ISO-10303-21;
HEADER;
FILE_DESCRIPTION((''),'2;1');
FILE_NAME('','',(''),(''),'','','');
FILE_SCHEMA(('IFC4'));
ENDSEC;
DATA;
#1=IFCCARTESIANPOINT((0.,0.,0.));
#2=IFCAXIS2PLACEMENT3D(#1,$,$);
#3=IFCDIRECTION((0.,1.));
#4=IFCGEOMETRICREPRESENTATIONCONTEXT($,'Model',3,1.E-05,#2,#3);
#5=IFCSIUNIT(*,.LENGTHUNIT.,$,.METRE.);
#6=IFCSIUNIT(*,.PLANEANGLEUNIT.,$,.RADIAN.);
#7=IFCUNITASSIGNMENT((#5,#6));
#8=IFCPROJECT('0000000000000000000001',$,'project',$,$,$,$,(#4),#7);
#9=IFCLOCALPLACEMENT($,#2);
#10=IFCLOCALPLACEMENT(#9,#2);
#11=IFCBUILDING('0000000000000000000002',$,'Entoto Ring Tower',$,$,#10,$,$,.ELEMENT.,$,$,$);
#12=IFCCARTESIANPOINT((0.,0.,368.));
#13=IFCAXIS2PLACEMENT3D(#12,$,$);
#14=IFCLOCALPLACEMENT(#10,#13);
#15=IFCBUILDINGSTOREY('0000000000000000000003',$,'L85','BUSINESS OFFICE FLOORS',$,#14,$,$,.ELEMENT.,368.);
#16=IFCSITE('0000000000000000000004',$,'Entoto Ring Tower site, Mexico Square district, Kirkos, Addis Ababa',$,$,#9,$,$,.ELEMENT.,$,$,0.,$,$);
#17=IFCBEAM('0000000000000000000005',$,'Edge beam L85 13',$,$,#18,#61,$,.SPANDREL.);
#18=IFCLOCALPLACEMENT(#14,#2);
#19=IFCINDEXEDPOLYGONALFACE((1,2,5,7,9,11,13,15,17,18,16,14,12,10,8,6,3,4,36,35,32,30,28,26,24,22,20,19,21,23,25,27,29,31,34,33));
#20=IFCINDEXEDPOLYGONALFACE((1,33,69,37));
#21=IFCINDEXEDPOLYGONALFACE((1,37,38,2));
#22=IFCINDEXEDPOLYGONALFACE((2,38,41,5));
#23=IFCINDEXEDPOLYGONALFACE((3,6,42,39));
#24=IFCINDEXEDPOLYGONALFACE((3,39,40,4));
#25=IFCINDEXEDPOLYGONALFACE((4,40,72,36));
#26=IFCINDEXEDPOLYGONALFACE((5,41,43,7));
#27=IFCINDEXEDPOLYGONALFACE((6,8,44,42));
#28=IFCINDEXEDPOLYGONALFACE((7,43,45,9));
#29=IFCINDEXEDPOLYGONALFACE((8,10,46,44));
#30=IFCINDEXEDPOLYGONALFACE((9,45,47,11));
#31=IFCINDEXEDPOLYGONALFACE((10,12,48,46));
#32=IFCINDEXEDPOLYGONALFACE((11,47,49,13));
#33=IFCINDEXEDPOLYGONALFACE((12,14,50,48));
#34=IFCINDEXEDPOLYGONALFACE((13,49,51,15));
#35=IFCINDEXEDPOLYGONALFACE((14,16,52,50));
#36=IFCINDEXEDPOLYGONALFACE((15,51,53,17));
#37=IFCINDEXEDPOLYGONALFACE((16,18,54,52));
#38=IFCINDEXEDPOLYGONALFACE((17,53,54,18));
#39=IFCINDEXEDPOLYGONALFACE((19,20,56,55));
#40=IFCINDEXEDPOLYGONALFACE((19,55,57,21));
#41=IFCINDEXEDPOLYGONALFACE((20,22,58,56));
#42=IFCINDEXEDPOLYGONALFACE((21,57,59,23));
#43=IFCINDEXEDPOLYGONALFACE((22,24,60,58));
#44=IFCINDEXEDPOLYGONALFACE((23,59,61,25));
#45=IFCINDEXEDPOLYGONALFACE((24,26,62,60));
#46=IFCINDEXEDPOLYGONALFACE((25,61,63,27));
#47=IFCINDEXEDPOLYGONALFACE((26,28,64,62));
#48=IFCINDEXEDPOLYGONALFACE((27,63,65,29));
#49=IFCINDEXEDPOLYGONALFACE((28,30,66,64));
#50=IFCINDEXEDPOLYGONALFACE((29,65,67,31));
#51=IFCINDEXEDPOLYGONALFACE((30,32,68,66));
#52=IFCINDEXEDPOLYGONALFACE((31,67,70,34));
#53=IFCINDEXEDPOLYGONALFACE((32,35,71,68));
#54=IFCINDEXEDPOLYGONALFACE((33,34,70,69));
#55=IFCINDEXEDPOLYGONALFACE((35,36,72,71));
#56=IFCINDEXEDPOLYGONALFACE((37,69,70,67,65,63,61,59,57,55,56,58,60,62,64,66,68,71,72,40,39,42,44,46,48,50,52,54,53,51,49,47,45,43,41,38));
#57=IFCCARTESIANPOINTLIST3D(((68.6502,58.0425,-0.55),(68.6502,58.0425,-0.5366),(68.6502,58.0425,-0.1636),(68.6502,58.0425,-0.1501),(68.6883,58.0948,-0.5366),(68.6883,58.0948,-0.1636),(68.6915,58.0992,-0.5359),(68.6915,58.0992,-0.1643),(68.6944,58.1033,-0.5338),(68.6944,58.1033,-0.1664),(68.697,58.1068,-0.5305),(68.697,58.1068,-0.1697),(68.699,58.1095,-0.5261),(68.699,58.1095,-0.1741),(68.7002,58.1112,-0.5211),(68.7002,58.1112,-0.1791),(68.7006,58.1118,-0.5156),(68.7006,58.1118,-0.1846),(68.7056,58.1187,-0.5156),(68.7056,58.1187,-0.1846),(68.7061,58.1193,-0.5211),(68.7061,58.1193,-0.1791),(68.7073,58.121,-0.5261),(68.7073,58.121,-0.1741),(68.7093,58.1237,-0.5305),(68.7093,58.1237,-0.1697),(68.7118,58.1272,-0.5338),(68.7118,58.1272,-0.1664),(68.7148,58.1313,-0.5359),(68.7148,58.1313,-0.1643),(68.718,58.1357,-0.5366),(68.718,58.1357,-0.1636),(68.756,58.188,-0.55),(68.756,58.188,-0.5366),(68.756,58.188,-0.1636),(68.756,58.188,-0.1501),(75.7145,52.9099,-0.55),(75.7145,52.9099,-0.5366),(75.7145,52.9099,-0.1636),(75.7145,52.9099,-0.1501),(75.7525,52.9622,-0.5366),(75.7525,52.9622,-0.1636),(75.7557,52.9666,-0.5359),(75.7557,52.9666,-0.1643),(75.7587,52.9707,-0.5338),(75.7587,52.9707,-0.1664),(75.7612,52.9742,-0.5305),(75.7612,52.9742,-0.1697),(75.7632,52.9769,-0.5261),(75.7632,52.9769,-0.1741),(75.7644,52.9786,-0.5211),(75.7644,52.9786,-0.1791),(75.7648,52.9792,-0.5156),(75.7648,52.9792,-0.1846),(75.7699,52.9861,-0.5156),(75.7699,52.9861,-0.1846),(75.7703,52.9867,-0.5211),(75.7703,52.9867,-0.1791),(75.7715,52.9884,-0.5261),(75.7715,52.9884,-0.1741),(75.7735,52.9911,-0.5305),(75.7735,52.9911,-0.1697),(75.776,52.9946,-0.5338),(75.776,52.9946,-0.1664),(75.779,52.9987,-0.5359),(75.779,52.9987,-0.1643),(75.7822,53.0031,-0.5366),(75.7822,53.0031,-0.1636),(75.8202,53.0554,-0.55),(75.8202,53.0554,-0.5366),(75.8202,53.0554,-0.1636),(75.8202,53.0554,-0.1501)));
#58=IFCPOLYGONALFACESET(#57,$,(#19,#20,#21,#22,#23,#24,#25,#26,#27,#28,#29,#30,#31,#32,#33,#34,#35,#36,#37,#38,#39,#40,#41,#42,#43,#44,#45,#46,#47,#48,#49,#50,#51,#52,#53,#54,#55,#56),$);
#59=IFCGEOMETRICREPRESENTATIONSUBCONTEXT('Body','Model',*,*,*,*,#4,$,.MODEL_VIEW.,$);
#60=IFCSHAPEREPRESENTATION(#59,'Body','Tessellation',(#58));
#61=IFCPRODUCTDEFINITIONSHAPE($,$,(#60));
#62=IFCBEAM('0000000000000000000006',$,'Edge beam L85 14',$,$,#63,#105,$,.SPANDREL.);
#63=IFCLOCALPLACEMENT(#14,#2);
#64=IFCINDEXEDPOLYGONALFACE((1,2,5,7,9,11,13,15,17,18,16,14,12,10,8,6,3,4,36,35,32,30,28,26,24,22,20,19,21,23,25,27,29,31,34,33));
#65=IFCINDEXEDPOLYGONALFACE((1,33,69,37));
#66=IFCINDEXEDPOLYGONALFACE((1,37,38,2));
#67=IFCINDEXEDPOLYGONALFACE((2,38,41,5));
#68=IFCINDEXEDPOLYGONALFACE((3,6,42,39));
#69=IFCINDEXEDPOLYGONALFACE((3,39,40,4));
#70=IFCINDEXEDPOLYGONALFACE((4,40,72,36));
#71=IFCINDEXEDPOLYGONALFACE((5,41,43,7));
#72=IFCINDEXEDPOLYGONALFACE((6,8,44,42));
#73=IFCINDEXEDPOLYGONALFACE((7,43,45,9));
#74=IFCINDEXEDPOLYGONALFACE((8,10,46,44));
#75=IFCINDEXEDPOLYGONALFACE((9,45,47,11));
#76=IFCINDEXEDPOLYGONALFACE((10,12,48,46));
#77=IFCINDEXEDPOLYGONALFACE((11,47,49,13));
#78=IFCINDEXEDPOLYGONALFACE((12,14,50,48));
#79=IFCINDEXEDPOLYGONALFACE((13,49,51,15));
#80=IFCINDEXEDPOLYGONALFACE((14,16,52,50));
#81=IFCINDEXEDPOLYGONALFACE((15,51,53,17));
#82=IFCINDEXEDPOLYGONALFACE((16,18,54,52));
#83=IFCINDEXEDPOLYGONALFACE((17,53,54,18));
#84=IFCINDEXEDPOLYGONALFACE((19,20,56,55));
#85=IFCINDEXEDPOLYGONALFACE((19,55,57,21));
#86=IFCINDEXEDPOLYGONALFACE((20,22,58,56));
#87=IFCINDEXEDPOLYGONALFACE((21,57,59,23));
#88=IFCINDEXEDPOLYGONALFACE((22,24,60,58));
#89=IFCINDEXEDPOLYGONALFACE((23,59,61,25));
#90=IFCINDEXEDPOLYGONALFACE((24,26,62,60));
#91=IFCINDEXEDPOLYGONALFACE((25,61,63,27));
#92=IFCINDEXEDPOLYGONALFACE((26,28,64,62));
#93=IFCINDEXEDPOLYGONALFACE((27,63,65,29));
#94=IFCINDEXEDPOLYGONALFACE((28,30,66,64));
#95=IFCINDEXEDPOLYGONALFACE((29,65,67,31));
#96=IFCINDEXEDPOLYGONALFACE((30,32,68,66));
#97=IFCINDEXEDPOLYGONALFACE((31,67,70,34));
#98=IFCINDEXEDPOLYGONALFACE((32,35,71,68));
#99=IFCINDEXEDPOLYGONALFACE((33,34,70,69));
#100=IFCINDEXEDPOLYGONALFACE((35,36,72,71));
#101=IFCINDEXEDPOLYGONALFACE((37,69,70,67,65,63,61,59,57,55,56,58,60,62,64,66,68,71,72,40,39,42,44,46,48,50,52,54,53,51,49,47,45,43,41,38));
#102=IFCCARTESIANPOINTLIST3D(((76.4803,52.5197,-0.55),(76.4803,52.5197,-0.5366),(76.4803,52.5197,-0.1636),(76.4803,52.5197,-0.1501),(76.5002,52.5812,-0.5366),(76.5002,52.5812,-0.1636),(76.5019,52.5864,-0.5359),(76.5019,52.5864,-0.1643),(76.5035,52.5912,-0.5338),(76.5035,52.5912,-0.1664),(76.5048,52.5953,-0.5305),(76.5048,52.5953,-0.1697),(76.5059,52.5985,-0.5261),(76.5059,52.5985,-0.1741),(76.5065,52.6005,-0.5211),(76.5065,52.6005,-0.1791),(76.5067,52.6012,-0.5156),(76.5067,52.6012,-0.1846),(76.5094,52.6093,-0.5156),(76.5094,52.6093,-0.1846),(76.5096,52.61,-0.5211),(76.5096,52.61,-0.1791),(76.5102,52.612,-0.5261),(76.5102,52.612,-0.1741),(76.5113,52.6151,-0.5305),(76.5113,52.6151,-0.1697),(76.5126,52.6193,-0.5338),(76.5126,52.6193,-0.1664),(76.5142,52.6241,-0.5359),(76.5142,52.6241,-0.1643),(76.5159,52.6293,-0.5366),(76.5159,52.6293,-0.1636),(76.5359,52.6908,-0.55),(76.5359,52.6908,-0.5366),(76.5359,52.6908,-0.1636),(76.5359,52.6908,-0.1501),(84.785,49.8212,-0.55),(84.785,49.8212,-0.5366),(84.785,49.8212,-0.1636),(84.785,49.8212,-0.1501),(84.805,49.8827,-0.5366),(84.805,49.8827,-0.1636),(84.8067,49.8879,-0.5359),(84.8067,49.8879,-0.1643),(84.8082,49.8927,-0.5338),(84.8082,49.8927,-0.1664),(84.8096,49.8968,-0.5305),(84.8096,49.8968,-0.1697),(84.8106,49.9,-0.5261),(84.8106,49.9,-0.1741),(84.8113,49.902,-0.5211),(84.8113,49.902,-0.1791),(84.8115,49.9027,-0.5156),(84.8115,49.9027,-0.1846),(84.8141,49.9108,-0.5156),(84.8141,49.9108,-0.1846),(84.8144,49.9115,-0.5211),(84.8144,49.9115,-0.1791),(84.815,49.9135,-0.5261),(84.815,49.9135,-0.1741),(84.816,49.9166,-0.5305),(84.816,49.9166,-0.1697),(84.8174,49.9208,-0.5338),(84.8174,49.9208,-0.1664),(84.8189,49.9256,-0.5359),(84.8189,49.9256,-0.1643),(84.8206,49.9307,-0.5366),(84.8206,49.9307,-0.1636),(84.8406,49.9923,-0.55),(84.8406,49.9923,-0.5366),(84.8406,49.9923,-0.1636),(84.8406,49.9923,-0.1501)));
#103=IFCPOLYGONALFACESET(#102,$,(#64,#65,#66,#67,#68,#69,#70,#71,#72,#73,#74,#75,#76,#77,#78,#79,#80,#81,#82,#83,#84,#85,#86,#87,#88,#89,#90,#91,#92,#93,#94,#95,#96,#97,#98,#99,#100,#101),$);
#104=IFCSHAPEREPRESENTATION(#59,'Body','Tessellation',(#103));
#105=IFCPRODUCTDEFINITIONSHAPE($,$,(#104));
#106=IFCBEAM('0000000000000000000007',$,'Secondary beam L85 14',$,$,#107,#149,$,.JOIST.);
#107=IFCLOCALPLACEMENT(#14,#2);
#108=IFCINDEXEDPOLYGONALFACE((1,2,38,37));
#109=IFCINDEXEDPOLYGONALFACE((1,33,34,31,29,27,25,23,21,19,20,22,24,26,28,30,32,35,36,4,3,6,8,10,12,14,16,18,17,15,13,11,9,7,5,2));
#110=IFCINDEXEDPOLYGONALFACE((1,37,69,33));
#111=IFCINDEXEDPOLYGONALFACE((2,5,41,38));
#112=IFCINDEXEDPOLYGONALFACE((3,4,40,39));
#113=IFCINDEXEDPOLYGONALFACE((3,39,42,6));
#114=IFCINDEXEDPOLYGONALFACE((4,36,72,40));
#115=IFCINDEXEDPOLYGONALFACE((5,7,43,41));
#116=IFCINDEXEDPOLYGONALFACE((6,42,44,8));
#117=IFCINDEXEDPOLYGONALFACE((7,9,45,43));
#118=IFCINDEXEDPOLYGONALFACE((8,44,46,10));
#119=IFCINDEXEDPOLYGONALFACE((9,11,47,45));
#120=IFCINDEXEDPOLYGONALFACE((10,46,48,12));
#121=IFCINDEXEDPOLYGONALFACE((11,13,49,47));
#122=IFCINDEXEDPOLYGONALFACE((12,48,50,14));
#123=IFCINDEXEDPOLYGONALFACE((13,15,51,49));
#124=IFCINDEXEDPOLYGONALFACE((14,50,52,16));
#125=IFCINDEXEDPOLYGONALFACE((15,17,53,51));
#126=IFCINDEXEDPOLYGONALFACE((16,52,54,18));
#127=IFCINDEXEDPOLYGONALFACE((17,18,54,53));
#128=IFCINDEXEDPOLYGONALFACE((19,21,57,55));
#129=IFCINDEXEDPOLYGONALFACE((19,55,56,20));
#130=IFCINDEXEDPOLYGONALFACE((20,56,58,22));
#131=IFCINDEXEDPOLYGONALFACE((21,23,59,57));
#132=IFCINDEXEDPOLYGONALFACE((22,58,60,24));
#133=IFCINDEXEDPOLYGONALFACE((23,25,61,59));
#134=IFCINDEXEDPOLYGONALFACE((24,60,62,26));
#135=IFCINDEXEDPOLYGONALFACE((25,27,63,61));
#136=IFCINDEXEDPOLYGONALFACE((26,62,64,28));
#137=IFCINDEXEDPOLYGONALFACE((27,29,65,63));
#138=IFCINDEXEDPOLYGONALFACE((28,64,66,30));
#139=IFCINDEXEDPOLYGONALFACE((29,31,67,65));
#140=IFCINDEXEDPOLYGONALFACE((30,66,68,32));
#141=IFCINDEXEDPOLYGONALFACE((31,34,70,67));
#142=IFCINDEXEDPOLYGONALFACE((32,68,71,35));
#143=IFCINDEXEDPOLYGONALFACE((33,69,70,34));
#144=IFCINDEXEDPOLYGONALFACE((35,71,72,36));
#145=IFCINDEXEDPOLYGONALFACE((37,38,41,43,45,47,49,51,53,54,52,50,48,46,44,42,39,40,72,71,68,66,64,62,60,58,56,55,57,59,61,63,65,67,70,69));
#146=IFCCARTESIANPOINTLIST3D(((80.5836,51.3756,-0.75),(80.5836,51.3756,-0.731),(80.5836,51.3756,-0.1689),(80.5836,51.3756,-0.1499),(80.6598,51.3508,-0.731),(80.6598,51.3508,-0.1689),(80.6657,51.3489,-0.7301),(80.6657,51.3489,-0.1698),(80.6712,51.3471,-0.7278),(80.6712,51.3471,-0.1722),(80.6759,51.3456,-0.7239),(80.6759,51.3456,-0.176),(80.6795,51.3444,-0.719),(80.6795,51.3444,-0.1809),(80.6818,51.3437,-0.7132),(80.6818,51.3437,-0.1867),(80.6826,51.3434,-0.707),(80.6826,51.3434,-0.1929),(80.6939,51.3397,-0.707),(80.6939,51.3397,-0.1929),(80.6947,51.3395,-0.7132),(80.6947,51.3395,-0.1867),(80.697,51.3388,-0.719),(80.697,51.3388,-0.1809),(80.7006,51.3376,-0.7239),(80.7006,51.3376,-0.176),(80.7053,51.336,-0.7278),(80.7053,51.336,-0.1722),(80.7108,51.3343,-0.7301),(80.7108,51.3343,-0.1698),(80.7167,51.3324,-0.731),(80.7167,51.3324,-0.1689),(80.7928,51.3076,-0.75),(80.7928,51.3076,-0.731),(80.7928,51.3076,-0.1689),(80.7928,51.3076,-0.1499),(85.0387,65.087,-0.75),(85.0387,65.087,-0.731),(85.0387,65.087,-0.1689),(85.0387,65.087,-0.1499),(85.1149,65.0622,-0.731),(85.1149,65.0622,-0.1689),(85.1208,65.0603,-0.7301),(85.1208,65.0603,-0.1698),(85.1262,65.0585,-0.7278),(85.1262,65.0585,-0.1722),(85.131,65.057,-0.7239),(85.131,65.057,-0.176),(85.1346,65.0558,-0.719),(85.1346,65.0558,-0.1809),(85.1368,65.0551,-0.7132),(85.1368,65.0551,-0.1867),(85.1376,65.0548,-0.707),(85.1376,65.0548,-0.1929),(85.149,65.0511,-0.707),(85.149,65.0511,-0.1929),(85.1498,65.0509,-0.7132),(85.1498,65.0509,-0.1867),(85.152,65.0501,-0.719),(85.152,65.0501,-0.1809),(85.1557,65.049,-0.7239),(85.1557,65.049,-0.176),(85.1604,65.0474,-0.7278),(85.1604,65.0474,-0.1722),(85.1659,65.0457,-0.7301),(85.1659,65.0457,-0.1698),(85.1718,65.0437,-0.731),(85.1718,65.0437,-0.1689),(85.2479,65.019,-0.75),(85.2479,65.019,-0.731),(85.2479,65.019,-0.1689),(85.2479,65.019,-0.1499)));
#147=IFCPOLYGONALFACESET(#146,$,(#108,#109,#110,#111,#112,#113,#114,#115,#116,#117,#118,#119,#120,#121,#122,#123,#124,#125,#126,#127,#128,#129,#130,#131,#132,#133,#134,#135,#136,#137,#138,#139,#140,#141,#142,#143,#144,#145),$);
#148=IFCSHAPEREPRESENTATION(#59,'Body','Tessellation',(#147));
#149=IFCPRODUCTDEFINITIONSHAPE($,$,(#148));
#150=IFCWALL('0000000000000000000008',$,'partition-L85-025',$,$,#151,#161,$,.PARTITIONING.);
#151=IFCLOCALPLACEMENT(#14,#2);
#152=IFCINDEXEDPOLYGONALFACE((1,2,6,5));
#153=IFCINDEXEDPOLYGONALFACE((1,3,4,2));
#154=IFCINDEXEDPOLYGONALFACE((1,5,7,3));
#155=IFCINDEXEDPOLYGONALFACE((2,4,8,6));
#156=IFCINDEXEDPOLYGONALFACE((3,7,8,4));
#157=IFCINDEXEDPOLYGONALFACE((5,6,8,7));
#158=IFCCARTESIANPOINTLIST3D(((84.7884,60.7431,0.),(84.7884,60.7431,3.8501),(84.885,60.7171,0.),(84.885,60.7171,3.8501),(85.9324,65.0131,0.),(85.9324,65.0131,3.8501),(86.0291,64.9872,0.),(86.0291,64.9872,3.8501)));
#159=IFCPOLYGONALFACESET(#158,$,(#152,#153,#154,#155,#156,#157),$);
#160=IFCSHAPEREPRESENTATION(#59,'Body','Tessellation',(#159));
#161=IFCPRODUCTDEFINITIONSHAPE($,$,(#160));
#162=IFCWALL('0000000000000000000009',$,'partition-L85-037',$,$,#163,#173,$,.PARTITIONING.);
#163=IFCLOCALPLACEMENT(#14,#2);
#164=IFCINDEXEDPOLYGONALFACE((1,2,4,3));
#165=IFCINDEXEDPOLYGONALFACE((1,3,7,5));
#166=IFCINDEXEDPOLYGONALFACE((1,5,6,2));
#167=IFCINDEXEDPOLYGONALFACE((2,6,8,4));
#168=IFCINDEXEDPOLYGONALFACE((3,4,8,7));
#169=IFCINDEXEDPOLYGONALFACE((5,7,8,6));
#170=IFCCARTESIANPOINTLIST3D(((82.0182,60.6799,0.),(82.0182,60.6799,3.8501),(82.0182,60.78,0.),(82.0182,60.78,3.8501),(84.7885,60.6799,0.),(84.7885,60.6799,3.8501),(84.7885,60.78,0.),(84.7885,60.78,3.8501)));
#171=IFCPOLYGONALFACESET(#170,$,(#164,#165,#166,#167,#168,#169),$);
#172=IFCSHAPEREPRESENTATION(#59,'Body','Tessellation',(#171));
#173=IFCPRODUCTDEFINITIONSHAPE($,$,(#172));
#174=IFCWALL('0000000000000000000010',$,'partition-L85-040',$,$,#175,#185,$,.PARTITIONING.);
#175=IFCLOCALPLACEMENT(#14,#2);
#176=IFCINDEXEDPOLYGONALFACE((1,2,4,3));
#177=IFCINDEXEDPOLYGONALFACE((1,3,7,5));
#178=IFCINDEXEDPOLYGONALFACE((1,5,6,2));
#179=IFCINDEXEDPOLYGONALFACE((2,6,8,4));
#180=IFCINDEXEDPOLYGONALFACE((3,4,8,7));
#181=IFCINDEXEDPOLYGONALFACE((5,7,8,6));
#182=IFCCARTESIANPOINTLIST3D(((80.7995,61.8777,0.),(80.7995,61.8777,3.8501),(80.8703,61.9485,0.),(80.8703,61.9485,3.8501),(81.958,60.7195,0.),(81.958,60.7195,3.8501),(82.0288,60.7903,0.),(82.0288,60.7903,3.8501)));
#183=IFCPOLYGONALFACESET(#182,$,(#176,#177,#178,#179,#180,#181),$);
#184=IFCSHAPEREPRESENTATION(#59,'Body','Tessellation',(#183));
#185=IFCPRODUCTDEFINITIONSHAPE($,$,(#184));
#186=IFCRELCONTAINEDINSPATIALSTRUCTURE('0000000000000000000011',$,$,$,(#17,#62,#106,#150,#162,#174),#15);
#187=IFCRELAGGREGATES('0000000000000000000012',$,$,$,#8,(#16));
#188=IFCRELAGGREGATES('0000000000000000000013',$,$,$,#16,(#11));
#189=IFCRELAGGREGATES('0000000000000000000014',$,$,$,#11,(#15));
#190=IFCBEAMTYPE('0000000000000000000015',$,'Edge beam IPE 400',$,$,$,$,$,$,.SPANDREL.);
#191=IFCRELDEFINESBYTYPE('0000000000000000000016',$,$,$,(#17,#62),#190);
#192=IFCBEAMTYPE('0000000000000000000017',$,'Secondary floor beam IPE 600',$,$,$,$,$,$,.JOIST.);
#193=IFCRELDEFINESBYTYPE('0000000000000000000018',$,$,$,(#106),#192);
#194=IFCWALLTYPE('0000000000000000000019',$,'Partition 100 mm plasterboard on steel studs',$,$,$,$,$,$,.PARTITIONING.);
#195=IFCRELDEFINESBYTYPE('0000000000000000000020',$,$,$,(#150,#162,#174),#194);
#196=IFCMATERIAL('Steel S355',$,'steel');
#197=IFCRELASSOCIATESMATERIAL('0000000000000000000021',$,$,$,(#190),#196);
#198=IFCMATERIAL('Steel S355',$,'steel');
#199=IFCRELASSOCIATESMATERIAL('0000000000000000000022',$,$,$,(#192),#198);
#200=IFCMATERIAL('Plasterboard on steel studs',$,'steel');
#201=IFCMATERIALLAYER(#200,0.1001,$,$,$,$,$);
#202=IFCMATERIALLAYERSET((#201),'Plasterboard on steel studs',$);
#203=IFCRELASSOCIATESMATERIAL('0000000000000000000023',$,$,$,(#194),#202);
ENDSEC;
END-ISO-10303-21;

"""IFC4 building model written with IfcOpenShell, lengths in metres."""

from ifc_helpers import new_model, si_unit, direction, frame, frame_2d, origin, origin_2d, place, context, subcontext, project, spatial, rectangle, i_section, extrude, material, layer, layer_set, material_profile, profile_set, type_object, element, save


model = new_model("IFC4")

# Units and contexts
model_context = context("Model", 3, precision=1e-05, world=origin(), true_north=direction((0.0, 1.0)))
body_context = subcontext(model_context, "Body", "Model", "MODEL_VIEW")
ifc_project = project(units=[si_unit("LENGTHUNIT", "METRE"), si_unit("PLANEANGLEUNIT", "RADIAN")], contexts=[model_context])

# Site, building, storey
site_placement = place(None, origin())
site = spatial("IfcSite", under=ifc_project, at=site_placement, Name="Entoto Ring Tower site, Mexico Square district, Kirkos, Addis Ababa", CompositionType="ELEMENT", RefElevation=0.0)
building_placement = place(site_placement, origin())
building = spatial("IfcBuilding", under=site, at=building_placement, Name="Entoto Ring Tower", CompositionType="ELEMENT")
storey_placement = place(building_placement, frame((0.0, 0.0, 368.0)))
storey = spatial("IfcBuildingStorey", under=building, at=storey_placement, Name="L85", Description="BUSINESS OFFICE FLOORS", CompositionType="ELEMENT", Elevation=368.0)

# Beams
ifc_material_1 = material(Name="Steel S355", Category="steel")
ifc_material_profile_1 = material_profile(ifc_material_1, i_section(OverallWidth=0.1799, OverallDepth=0.3999, WebThickness=0.0085, FlangeThickness=0.0134, FilletRadius=0.021, at=origin_2d()), Name="IPE 400")
ifc_profile_set_1 = profile_set([ifc_material_profile_1], Name="Steel S355")
beam_type_1 = type_object("IfcBeamType", Name="Edge beam IPE 400", PredefinedType="SPANDREL", material=ifc_profile_set_1)
beam_1_placement = place(storey_placement, frame((68.7031, 58.1152, -0.3501), z_axis=(0.80901, -0.587794, 0.0), x_axis=(0.587794, 0.80901, 0.0)))
element("IfcBeam", 1, at=beam_1_placement, inside=storey, type_object=beam_type_1, Name="Edge beam L85 13", PredefinedType="SPANDREL", context=body_context, shape_type="SweptSolid", body=[
    extrude(i_section(OverallWidth=0.1799, OverallDepth=0.3999, WebThickness=0.0085, FlangeThickness=0.0134, FilletRadius=0.021, at=origin_2d()), origin(), (0.0, 0.0, 1.0), 8.7319),
])
beam_2_placement = place(storey_placement, frame((76.5081, 52.6052, -0.3501), z_axis=(0.951052, -0.30903, 0.0), x_axis=(0.30903, 0.951052, 0.0)))
element("IfcBeam", 2, at=beam_2_placement, inside=storey, type_object=beam_type_1, Name="Edge beam L85 14", PredefinedType="SPANDREL", context=body_context, shape_type="SweptSolid", body=[
    extrude(i_section(OverallWidth=0.1799, OverallDepth=0.3999, WebThickness=0.0085, FlangeThickness=0.0134, FilletRadius=0.021, at=origin_2d()), origin(), (0.0, 0.0, 1.0), 8.7322),
])
ifc_material_2 = material(Name="Steel S355", Category="steel")
ifc_material_profile_2 = material_profile(ifc_material_2, i_section(OverallWidth=0.22, OverallDepth=0.6001, WebThickness=0.012, FlangeThickness=0.019, FilletRadius=0.0239, at=origin_2d()), Name="IPE 600")
ifc_profile_set_2 = profile_set([ifc_material_profile_2], Name="Steel S355")
beam_type_2 = type_object("IfcBeamType", Name="Secondary floor beam IPE 600", PredefinedType="JOIST", material=ifc_profile_set_2)
beam_3_placement = place(storey_placement, frame((85.1433, 65.053, -0.45), z_axis=(-0.309015, -0.951057, 0.0), x_axis=(0.951057, -0.309015, 0.0)))
element("IfcBeam", 3, at=beam_3_placement, inside=storey, type_object=beam_type_2, Name="Secondary beam L85 14", PredefinedType="JOIST", context=body_context, shape_type="SweptSolid", body=[
    extrude(i_section(OverallWidth=0.22, OverallDepth=0.6001, WebThickness=0.012, FlangeThickness=0.019, FilletRadius=0.0239, at=origin_2d()), origin(), (0.0, 0.0, 1.0), 14.417),
])

# Walls
ifc_material_3 = material(Name="Plasterboard on steel studs", Category="steel")
ifc_layer_1 = layer(ifc_material_3, 0.1001)
ifc_layer_set_1 = layer_set([ifc_layer_1], Name="Plasterboard on steel studs")
wall_type_1 = type_object("IfcWallType", Name="Partition 100 mm plasterboard on steel studs", PredefinedType="PARTITIONING", material=ifc_layer_set_1)
wall_1_placement = place(storey_placement, frame((84.8367, 60.73, 0.0), z_axis=(0.0, 0.0, 1.0), x_axis=(0.258797, 0.965932, 0.0)))
element("IfcWall", 4, at=wall_1_placement, inside=storey, type_object=wall_type_1, Name="partition-L85-025", PredefinedType="PARTITIONING", context=body_context, shape_type="SweptSolid", body=[
    extrude(rectangle(XDim=4.4207, YDim=0.1001, at=frame_2d((2.2104, 0.0))), origin(), (0.0, 0.0, 1.0), 3.8501),
])
wall_2_placement = place(storey_placement, frame((82.0181, 60.73, 0.0), z_axis=(0.0, 0.0, 1.0), x_axis=(1.0, 0.0, 0.0)))
element("IfcWall", 5, at=wall_2_placement, inside=storey, type_object=wall_type_1, Name="partition-L85-037", PredefinedType="PARTITIONING", context=body_context, shape_type="SweptSolid", body=[
    extrude(rectangle(XDim=2.7703, YDim=0.1001, at=frame_2d((1.3853, 0.0))), origin(), (0.0, 0.0, 1.0), 3.8501),
])
wall_3_placement = place(storey_placement, frame((81.9934, 60.7549, 0.0), z_axis=(0.0, 0.0, 1.0), x_axis=(-0.707181, 0.707032, 0.0)))
element("IfcWall", 6, at=wall_3_placement, inside=storey, type_object=wall_type_1, Name="partition-L85-040", PredefinedType="PARTITIONING", context=body_context, shape_type="SweptSolid", body=[
    extrude(rectangle(XDim=1.6382, YDim=0.1001, at=frame_2d((0.8191, 0.0))), origin(), (0.0, 0.0, 1.0), 3.8501),
])

save(model, "model.ifc")
